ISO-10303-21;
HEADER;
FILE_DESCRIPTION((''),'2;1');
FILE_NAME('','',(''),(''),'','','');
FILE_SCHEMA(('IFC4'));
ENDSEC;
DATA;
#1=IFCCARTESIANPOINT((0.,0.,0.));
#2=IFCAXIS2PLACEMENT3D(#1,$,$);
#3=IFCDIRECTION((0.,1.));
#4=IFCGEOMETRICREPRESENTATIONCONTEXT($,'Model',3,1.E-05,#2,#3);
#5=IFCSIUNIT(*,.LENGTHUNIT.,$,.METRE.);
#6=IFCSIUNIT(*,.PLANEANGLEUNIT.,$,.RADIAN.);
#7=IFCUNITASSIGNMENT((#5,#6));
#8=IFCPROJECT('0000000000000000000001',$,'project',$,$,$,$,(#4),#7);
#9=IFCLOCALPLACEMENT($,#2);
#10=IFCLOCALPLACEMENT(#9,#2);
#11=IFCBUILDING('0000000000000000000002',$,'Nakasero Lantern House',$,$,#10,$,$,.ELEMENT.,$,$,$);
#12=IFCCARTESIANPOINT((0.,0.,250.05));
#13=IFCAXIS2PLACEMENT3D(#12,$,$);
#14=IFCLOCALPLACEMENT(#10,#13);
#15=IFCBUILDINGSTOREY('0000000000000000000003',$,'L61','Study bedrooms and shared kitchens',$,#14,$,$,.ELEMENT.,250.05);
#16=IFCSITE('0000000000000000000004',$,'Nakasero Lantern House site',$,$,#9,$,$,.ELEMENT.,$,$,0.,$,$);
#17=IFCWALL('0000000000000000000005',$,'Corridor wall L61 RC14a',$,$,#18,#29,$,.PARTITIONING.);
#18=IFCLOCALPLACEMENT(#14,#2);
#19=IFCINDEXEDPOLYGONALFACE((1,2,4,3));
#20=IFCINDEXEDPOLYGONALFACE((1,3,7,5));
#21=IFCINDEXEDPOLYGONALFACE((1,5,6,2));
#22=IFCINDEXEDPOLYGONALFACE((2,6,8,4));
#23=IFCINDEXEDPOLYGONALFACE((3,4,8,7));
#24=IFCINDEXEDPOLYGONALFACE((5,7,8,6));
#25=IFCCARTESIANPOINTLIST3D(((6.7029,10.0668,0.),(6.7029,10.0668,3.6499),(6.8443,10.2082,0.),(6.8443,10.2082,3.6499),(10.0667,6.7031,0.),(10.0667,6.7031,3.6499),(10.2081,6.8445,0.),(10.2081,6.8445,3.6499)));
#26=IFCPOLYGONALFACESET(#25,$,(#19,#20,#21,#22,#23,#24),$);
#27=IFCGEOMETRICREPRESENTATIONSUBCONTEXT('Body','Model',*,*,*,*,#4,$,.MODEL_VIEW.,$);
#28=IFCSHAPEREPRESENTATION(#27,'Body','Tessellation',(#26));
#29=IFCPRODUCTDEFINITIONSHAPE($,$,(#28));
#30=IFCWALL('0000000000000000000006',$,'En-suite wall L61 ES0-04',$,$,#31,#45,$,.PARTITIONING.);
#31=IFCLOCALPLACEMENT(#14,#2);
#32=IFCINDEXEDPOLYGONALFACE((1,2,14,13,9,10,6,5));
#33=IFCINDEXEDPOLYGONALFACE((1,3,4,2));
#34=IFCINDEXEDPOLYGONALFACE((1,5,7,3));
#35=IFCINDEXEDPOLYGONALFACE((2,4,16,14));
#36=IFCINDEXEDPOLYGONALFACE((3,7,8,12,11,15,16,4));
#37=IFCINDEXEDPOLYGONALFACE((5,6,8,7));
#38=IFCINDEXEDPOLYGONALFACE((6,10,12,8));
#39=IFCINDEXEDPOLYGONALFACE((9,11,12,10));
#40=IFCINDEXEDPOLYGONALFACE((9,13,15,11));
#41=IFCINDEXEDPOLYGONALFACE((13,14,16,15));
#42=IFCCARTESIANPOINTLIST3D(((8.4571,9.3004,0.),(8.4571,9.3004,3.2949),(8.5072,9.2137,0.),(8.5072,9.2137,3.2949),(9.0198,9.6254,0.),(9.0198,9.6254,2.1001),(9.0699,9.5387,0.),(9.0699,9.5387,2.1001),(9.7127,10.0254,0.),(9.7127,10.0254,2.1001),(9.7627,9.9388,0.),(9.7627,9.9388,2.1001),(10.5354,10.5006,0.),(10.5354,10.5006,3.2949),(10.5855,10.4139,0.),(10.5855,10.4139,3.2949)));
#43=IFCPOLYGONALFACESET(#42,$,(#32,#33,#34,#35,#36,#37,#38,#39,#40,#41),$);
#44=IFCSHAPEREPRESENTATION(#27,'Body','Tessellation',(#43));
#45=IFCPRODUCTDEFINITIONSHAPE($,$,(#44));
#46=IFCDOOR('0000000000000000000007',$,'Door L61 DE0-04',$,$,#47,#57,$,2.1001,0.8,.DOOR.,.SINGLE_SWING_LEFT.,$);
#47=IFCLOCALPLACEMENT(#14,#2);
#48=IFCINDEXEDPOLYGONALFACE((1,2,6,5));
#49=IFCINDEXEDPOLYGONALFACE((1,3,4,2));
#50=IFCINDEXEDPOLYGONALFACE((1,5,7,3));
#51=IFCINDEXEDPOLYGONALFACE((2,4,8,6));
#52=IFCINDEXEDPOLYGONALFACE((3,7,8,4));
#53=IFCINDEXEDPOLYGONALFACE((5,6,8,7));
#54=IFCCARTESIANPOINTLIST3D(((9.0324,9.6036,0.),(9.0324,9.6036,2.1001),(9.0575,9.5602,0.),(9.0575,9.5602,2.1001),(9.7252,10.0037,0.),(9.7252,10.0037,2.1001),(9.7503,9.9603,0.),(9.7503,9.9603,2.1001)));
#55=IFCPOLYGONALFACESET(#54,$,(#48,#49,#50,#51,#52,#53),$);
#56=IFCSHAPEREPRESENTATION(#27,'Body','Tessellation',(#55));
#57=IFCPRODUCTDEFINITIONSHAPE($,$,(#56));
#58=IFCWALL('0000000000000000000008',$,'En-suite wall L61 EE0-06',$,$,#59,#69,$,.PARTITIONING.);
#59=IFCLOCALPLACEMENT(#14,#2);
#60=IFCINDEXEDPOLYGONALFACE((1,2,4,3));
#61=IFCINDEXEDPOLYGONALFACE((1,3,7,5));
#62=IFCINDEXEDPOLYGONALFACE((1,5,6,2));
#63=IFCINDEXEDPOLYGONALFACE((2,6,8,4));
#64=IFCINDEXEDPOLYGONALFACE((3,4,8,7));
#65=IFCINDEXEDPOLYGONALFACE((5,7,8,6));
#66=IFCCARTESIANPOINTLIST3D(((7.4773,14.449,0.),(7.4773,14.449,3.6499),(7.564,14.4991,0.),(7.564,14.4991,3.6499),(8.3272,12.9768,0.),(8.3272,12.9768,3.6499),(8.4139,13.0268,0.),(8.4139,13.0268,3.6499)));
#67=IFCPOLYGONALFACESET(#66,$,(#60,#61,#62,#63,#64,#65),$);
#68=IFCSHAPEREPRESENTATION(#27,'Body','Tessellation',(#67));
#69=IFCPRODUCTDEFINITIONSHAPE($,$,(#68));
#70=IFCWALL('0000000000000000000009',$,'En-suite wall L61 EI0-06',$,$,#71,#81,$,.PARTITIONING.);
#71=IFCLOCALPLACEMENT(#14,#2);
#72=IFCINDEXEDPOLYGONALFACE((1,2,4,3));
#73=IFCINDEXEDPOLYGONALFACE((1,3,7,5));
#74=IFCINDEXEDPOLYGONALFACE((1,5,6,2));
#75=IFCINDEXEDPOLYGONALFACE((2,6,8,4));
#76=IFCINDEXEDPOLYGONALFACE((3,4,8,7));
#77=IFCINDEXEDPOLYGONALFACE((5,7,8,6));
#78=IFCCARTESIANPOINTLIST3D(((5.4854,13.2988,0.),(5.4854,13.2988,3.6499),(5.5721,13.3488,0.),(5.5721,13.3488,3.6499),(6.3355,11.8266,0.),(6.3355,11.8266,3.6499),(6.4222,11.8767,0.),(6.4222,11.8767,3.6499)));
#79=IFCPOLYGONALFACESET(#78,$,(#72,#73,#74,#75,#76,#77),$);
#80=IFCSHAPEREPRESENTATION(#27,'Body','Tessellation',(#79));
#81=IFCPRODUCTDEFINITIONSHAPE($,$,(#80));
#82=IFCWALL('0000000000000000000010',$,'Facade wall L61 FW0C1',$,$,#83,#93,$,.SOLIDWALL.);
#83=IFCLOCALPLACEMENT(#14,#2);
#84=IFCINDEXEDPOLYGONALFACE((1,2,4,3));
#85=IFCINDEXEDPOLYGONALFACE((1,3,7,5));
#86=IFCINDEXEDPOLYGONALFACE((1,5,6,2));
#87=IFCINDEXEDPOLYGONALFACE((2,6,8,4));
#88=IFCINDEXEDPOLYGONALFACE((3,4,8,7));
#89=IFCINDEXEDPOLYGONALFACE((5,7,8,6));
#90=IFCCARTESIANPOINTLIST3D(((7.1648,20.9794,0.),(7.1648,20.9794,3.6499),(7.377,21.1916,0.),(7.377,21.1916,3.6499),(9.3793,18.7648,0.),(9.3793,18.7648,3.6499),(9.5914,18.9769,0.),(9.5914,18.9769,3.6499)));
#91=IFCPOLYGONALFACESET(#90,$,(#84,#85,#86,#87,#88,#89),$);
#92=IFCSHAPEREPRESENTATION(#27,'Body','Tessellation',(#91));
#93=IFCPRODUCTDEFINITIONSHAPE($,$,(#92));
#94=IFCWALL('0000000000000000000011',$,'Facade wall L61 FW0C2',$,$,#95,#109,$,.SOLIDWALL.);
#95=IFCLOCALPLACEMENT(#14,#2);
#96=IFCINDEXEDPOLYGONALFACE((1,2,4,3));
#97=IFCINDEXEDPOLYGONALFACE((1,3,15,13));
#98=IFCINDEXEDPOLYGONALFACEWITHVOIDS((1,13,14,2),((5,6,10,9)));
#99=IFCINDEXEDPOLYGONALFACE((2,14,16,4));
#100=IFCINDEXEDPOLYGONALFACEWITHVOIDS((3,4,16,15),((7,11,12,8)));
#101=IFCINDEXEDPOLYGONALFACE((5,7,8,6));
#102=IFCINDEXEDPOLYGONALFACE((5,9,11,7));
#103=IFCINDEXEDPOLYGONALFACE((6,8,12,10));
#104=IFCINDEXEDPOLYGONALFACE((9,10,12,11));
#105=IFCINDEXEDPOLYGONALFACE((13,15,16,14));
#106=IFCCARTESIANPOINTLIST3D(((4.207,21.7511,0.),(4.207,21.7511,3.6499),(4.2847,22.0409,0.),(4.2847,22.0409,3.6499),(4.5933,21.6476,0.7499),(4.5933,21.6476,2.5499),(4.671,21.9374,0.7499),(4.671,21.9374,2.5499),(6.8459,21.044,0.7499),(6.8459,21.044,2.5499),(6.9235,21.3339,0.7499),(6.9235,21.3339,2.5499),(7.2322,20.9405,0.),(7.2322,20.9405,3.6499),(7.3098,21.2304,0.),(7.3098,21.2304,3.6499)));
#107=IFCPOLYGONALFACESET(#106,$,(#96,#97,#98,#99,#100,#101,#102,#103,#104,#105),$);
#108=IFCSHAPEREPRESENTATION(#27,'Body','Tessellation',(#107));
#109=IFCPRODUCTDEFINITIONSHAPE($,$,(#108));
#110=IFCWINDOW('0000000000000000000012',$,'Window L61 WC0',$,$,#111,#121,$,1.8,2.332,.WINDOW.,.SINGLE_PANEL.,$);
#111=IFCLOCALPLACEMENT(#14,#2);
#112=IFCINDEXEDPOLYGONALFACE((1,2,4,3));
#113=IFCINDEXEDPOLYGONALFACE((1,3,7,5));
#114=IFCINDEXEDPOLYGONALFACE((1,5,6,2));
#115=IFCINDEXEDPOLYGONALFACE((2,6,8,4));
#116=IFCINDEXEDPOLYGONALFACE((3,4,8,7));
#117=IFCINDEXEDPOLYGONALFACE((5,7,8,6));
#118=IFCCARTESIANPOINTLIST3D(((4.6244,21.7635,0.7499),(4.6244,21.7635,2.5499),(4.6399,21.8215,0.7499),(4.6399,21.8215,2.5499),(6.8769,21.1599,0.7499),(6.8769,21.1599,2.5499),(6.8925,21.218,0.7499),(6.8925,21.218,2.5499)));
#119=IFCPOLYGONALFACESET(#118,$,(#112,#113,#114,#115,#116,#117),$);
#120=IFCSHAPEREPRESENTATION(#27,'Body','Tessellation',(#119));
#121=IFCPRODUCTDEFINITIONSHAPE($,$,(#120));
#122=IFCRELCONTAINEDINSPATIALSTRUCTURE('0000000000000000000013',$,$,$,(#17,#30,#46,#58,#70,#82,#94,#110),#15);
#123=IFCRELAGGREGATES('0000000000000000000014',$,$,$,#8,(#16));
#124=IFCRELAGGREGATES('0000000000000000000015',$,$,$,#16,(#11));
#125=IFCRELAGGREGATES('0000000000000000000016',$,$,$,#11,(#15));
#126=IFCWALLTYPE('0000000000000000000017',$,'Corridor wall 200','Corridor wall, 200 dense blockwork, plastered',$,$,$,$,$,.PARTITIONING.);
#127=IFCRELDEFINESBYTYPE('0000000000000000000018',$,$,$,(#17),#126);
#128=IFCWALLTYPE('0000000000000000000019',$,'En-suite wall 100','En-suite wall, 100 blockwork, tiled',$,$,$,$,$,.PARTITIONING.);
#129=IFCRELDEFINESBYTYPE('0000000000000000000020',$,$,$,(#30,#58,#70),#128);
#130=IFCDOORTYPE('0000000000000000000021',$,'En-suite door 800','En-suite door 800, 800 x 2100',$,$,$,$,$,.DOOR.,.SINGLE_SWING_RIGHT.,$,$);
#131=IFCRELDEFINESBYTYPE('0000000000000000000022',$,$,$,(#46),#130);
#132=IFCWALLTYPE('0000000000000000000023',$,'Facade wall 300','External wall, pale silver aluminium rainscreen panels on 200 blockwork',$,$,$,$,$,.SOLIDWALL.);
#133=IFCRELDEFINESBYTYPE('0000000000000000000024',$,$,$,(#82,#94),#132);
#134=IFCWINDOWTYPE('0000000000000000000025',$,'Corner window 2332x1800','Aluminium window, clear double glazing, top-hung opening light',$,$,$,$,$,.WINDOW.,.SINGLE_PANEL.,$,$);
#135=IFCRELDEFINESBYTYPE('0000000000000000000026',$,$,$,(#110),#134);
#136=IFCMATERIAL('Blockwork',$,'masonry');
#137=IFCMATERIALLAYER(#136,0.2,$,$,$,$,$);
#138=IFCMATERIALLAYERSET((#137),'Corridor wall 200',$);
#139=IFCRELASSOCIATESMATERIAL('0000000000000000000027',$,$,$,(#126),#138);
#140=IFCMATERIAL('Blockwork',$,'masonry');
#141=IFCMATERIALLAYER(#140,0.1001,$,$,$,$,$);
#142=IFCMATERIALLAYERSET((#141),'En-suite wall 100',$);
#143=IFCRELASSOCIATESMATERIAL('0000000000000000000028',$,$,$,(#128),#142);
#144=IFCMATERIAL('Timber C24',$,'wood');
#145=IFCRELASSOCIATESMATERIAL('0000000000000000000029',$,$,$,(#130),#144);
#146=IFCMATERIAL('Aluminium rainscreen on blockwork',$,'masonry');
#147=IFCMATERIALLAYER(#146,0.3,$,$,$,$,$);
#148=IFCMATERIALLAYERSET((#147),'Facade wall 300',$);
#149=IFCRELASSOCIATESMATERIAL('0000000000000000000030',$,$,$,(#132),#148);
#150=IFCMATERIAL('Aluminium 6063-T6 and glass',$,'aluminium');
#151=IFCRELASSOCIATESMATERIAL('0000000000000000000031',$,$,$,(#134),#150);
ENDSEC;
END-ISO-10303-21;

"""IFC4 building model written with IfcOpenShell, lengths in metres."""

from ifc_helpers import new_model, si_unit, direction, frame, frame_2d, origin, place, context, subcontext, project, spatial, rectangle, extrude, material, layer, layer_set, type_object, element, fill, save


model = new_model("IFC4")

# Units and contexts
model_context = context("Model", 3, precision=1e-05, world=origin(), true_north=direction((0.0, 1.0)))
body_context = subcontext(model_context, "Body", "Model", "MODEL_VIEW")
ifc_project = project(units=[si_unit("LENGTHUNIT", "METRE"), si_unit("PLANEANGLEUNIT", "RADIAN")], contexts=[model_context])

# Site, building, storey
site_placement = place(None, origin())
site = spatial("IfcSite", under=ifc_project, at=site_placement, Name="Nakasero Lantern House site", CompositionType="ELEMENT", RefElevation=0.0)
building_placement = place(site_placement, origin())
building = spatial("IfcBuilding", under=site, at=building_placement, Name="Nakasero Lantern House", CompositionType="ELEMENT")
storey_placement = place(building_placement, frame((0.0, 0.0, 250.05)))
storey = spatial("IfcBuildingStorey", under=building, at=storey_placement, Name="L61", Description="Study bedrooms and shared kitchens", CompositionType="ELEMENT", Elevation=250.05)

# Wall
ifc_material_1 = material(Name="Blockwork", Category="masonry")
ifc_layer_1 = layer(ifc_material_1, 0.2)
ifc_layer_set_1 = layer_set([ifc_layer_1], Name="Corridor wall 200")
wall_type_1 = type_object("IfcWallType", Name="Corridor wall 200", Description="Corridor wall, 200 dense blockwork, plastered", PredefinedType="PARTITIONING", material=ifc_layer_set_1)
wall_1_placement = place(storey_placement, frame((6.7737, 10.1375, 0.0), z_axis=(0.0, 0.0, 1.0), x_axis=(0.707107, -0.707107, 0.0)))
element("IfcWall", 1, at=wall_1_placement, inside=storey, type_object=wall_type_1, Name="Corridor wall L61 RC14a", PredefinedType="PARTITIONING", context=body_context, shape_type="SweptSolid", body=[
    extrude(rectangle(XDim=4.7571, YDim=0.2, at=frame_2d((2.3784, 0.0))), origin(), (0.0, 0.0, 1.0), 3.6499),
])

# Wall, opening, door
ifc_material_2 = material(Name="Blockwork", Category="masonry")
ifc_layer_2 = layer(ifc_material_2, 0.1001)
ifc_layer_set_2 = layer_set([ifc_layer_2], Name="En-suite wall 100")
wall_type_2 = type_object("IfcWallType", Name="En-suite wall 100", Description="En-suite wall, 100 blockwork, tiled", PredefinedType="PARTITIONING", material=ifc_layer_set_2)
wall_2_placement = place(storey_placement, frame((8.4822, 9.2571, 0.0), z_axis=(0.0, 0.0, 1.0), x_axis=(0.865981, 0.500078, 0.0)))
wall_2 = element("IfcWall", 2, at=wall_2_placement, inside=storey, type_object=wall_type_2, Name="En-suite wall L61 ES0-04", PredefinedType="PARTITIONING", context=body_context, shape_type="SweptSolid", body=[
    extrude(rectangle(XDim=2.3999, YDim=0.1001, at=frame_2d((1.2, 0.0))), origin(), (0.0, 0.0, 1.0), 3.2949),
])
opening_1_placement = place(wall_2_placement, frame((0.6499, 0.0, 0.0)))
opening_1 = element("IfcOpeningElement", 3, at=opening_1_placement, cuts=wall_2, PredefinedType="OPENING", context=body_context, shape_type="SweptSolid", body=[
    extrude(rectangle(XDim=0.8, YDim=2.1001, at=frame_2d((0.3999, 1.05))), frame((0.0, 0.0701, 0.0), z_axis=(0.0, -1.0, 0.0), x_axis=(1.0, 0.0, 0.0)), (0.0, 0.0, 1.0), 0.1401),
])
ifc_material_3 = material(Name="Timber C24", Category="wood")
door_type = type_object("IfcDoorType", Name="En-suite door 800", Description="En-suite door 800, 800 x 2100", OperationType="SINGLE_SWING_RIGHT", PredefinedType="DOOR", material=ifc_material_3)
door_placement = place(opening_1_placement, origin())
door = element("IfcDoor", 4, at=door_placement, inside=storey, type_object=door_type, Name="Door L61 DE0-04", OperationType="SINGLE_SWING_LEFT", OverallHeight=2.1001, OverallWidth=0.8, PredefinedType="DOOR", context=body_context, shape_type="SweptSolid", body=[
    extrude(rectangle(XDim=0.8, YDim=2.1001, at=frame_2d((0.3999, 1.05))), frame((0.0, 0.0249, 0.0), z_axis=(0.0, -1.0, 0.0), x_axis=(1.0, 0.0, 0.0)), (0.0, 0.0, 1.0), 0.05),
])
fill(opening_1, door)

# Walls
for number, where, z_axis, x_axis, name in (
    (5, (8.3706, 13.0017, 0.0), (0.0, 0.0, 1.0), (-0.499955, 0.866052, 0.0), "En-suite wall L61 EE0-06"),
    (6, (6.3789, 11.8516, 0.0), (0.0, 0.0, 1.0), (-0.500062, 0.865989, 0.0), "En-suite wall L61 EI0-06"),
):
    element("IfcWall", number, at=place(storey_placement, frame(where, z_axis=z_axis, x_axis=x_axis)), inside=storey, type_object=wall_type_2, Name=name, PredefinedType="PARTITIONING", context=body_context, shape_type="SweptSolid", body=[
        extrude(rectangle(XDim=1.7, YDim=0.1001, at=frame_2d((0.8501, 0.0))), origin(), (0.0, 0.0, 1.0), 3.6499),
    ])
ifc_material_4 = material(Name="Aluminium rainscreen on blockwork", Category="masonry")
ifc_layer_3 = layer(ifc_material_4, 0.3)
ifc_layer_set_3 = layer_set([ifc_layer_3], Name="Facade wall 300")
wall_type_3 = type_object("IfcWallType", Name="Facade wall 300", Description="External wall, pale silver aluminium rainscreen panels on 200 blockwork", PredefinedType="SOLIDWALL", material=ifc_layer_set_3)
wall_3_placement = place(storey_placement, frame((9.4854, 18.8708, 0.0), z_axis=(0.0, 0.0, 1.0), x_axis=(-0.707068, 0.707146, 0.0)))
element("IfcWall", 7, at=wall_3_placement, inside=storey, type_object=wall_type_3, Name="Facade wall L61 FW0C1", PredefinedType="SOLIDWALL", context=body_context, shape_type="SweptSolid", body=[
    extrude(rectangle(XDim=3.1318, YDim=0.3, at=frame_2d((1.5659, 0.0))), origin(), (0.0, 0.0, 1.0), 3.6499),
])

# Wall, opening, window
wall_4_placement = place(storey_placement, frame((7.271, 21.0854, 0.0), z_axis=(0.0, 0.0, 1.0), x_axis=(-0.965929, 0.258808, 0.0)))
wall_4 = element("IfcWall", 8, at=wall_4_placement, inside=storey, type_object=wall_type_3, Name="Facade wall L61 FW0C2", PredefinedType="SOLIDWALL", context=body_context, shape_type="SweptSolid", body=[
    extrude(rectangle(XDim=3.1318, YDim=0.3, at=frame_2d((1.5659, 0.0))), origin(), (0.0, 0.0, 1.0), 3.6499),
])
opening_2_placement = place(wall_4_placement, frame((0.3999, 0.0, 0.75)))
opening_2 = element("IfcOpeningElement", 9, at=opening_2_placement, cuts=wall_4, PredefinedType="OPENING", context=body_context, shape_type="SweptSolid", body=[
    extrude(rectangle(XDim=2.332, YDim=1.8, at=frame_2d((1.166, 0.8999))), frame((0.0, 0.1699, 0.0), z_axis=(0.0, -1.0, 0.0), x_axis=(1.0, 0.0, 0.0)), (0.0, 0.0, 1.0), 0.3401),
])
ifc_material_5 = material(Name="Aluminium 6063-T6 and glass", Category="aluminium")
window_type = type_object("IfcWindowType", Name="Corner window 2332x1800", Description="Aluminium window, clear double glazing, top-hung opening light", PartitioningType="SINGLE_PANEL", PredefinedType="WINDOW", material=ifc_material_5)
window_placement = place(opening_2_placement, origin())
window = element("IfcWindow", 10, at=window_placement, inside=storey, type_object=window_type, Name="Window L61 WC0", OverallHeight=1.8, OverallWidth=2.332, PartitioningType="SINGLE_PANEL", PredefinedType="WINDOW", context=body_context, shape_type="SweptSolid", body=[
    extrude(rectangle(XDim=2.332, YDim=1.8, at=frame_2d((1.166, 0.8999))), frame((0.0, 0.03, 0.0), z_axis=(0.0, -1.0, 0.0), x_axis=(1.0, 0.0, 0.0)), (0.0, 0.0, 1.0), 0.0601),
])
fill(opening_2, window)

save(model, "model.ifc")
